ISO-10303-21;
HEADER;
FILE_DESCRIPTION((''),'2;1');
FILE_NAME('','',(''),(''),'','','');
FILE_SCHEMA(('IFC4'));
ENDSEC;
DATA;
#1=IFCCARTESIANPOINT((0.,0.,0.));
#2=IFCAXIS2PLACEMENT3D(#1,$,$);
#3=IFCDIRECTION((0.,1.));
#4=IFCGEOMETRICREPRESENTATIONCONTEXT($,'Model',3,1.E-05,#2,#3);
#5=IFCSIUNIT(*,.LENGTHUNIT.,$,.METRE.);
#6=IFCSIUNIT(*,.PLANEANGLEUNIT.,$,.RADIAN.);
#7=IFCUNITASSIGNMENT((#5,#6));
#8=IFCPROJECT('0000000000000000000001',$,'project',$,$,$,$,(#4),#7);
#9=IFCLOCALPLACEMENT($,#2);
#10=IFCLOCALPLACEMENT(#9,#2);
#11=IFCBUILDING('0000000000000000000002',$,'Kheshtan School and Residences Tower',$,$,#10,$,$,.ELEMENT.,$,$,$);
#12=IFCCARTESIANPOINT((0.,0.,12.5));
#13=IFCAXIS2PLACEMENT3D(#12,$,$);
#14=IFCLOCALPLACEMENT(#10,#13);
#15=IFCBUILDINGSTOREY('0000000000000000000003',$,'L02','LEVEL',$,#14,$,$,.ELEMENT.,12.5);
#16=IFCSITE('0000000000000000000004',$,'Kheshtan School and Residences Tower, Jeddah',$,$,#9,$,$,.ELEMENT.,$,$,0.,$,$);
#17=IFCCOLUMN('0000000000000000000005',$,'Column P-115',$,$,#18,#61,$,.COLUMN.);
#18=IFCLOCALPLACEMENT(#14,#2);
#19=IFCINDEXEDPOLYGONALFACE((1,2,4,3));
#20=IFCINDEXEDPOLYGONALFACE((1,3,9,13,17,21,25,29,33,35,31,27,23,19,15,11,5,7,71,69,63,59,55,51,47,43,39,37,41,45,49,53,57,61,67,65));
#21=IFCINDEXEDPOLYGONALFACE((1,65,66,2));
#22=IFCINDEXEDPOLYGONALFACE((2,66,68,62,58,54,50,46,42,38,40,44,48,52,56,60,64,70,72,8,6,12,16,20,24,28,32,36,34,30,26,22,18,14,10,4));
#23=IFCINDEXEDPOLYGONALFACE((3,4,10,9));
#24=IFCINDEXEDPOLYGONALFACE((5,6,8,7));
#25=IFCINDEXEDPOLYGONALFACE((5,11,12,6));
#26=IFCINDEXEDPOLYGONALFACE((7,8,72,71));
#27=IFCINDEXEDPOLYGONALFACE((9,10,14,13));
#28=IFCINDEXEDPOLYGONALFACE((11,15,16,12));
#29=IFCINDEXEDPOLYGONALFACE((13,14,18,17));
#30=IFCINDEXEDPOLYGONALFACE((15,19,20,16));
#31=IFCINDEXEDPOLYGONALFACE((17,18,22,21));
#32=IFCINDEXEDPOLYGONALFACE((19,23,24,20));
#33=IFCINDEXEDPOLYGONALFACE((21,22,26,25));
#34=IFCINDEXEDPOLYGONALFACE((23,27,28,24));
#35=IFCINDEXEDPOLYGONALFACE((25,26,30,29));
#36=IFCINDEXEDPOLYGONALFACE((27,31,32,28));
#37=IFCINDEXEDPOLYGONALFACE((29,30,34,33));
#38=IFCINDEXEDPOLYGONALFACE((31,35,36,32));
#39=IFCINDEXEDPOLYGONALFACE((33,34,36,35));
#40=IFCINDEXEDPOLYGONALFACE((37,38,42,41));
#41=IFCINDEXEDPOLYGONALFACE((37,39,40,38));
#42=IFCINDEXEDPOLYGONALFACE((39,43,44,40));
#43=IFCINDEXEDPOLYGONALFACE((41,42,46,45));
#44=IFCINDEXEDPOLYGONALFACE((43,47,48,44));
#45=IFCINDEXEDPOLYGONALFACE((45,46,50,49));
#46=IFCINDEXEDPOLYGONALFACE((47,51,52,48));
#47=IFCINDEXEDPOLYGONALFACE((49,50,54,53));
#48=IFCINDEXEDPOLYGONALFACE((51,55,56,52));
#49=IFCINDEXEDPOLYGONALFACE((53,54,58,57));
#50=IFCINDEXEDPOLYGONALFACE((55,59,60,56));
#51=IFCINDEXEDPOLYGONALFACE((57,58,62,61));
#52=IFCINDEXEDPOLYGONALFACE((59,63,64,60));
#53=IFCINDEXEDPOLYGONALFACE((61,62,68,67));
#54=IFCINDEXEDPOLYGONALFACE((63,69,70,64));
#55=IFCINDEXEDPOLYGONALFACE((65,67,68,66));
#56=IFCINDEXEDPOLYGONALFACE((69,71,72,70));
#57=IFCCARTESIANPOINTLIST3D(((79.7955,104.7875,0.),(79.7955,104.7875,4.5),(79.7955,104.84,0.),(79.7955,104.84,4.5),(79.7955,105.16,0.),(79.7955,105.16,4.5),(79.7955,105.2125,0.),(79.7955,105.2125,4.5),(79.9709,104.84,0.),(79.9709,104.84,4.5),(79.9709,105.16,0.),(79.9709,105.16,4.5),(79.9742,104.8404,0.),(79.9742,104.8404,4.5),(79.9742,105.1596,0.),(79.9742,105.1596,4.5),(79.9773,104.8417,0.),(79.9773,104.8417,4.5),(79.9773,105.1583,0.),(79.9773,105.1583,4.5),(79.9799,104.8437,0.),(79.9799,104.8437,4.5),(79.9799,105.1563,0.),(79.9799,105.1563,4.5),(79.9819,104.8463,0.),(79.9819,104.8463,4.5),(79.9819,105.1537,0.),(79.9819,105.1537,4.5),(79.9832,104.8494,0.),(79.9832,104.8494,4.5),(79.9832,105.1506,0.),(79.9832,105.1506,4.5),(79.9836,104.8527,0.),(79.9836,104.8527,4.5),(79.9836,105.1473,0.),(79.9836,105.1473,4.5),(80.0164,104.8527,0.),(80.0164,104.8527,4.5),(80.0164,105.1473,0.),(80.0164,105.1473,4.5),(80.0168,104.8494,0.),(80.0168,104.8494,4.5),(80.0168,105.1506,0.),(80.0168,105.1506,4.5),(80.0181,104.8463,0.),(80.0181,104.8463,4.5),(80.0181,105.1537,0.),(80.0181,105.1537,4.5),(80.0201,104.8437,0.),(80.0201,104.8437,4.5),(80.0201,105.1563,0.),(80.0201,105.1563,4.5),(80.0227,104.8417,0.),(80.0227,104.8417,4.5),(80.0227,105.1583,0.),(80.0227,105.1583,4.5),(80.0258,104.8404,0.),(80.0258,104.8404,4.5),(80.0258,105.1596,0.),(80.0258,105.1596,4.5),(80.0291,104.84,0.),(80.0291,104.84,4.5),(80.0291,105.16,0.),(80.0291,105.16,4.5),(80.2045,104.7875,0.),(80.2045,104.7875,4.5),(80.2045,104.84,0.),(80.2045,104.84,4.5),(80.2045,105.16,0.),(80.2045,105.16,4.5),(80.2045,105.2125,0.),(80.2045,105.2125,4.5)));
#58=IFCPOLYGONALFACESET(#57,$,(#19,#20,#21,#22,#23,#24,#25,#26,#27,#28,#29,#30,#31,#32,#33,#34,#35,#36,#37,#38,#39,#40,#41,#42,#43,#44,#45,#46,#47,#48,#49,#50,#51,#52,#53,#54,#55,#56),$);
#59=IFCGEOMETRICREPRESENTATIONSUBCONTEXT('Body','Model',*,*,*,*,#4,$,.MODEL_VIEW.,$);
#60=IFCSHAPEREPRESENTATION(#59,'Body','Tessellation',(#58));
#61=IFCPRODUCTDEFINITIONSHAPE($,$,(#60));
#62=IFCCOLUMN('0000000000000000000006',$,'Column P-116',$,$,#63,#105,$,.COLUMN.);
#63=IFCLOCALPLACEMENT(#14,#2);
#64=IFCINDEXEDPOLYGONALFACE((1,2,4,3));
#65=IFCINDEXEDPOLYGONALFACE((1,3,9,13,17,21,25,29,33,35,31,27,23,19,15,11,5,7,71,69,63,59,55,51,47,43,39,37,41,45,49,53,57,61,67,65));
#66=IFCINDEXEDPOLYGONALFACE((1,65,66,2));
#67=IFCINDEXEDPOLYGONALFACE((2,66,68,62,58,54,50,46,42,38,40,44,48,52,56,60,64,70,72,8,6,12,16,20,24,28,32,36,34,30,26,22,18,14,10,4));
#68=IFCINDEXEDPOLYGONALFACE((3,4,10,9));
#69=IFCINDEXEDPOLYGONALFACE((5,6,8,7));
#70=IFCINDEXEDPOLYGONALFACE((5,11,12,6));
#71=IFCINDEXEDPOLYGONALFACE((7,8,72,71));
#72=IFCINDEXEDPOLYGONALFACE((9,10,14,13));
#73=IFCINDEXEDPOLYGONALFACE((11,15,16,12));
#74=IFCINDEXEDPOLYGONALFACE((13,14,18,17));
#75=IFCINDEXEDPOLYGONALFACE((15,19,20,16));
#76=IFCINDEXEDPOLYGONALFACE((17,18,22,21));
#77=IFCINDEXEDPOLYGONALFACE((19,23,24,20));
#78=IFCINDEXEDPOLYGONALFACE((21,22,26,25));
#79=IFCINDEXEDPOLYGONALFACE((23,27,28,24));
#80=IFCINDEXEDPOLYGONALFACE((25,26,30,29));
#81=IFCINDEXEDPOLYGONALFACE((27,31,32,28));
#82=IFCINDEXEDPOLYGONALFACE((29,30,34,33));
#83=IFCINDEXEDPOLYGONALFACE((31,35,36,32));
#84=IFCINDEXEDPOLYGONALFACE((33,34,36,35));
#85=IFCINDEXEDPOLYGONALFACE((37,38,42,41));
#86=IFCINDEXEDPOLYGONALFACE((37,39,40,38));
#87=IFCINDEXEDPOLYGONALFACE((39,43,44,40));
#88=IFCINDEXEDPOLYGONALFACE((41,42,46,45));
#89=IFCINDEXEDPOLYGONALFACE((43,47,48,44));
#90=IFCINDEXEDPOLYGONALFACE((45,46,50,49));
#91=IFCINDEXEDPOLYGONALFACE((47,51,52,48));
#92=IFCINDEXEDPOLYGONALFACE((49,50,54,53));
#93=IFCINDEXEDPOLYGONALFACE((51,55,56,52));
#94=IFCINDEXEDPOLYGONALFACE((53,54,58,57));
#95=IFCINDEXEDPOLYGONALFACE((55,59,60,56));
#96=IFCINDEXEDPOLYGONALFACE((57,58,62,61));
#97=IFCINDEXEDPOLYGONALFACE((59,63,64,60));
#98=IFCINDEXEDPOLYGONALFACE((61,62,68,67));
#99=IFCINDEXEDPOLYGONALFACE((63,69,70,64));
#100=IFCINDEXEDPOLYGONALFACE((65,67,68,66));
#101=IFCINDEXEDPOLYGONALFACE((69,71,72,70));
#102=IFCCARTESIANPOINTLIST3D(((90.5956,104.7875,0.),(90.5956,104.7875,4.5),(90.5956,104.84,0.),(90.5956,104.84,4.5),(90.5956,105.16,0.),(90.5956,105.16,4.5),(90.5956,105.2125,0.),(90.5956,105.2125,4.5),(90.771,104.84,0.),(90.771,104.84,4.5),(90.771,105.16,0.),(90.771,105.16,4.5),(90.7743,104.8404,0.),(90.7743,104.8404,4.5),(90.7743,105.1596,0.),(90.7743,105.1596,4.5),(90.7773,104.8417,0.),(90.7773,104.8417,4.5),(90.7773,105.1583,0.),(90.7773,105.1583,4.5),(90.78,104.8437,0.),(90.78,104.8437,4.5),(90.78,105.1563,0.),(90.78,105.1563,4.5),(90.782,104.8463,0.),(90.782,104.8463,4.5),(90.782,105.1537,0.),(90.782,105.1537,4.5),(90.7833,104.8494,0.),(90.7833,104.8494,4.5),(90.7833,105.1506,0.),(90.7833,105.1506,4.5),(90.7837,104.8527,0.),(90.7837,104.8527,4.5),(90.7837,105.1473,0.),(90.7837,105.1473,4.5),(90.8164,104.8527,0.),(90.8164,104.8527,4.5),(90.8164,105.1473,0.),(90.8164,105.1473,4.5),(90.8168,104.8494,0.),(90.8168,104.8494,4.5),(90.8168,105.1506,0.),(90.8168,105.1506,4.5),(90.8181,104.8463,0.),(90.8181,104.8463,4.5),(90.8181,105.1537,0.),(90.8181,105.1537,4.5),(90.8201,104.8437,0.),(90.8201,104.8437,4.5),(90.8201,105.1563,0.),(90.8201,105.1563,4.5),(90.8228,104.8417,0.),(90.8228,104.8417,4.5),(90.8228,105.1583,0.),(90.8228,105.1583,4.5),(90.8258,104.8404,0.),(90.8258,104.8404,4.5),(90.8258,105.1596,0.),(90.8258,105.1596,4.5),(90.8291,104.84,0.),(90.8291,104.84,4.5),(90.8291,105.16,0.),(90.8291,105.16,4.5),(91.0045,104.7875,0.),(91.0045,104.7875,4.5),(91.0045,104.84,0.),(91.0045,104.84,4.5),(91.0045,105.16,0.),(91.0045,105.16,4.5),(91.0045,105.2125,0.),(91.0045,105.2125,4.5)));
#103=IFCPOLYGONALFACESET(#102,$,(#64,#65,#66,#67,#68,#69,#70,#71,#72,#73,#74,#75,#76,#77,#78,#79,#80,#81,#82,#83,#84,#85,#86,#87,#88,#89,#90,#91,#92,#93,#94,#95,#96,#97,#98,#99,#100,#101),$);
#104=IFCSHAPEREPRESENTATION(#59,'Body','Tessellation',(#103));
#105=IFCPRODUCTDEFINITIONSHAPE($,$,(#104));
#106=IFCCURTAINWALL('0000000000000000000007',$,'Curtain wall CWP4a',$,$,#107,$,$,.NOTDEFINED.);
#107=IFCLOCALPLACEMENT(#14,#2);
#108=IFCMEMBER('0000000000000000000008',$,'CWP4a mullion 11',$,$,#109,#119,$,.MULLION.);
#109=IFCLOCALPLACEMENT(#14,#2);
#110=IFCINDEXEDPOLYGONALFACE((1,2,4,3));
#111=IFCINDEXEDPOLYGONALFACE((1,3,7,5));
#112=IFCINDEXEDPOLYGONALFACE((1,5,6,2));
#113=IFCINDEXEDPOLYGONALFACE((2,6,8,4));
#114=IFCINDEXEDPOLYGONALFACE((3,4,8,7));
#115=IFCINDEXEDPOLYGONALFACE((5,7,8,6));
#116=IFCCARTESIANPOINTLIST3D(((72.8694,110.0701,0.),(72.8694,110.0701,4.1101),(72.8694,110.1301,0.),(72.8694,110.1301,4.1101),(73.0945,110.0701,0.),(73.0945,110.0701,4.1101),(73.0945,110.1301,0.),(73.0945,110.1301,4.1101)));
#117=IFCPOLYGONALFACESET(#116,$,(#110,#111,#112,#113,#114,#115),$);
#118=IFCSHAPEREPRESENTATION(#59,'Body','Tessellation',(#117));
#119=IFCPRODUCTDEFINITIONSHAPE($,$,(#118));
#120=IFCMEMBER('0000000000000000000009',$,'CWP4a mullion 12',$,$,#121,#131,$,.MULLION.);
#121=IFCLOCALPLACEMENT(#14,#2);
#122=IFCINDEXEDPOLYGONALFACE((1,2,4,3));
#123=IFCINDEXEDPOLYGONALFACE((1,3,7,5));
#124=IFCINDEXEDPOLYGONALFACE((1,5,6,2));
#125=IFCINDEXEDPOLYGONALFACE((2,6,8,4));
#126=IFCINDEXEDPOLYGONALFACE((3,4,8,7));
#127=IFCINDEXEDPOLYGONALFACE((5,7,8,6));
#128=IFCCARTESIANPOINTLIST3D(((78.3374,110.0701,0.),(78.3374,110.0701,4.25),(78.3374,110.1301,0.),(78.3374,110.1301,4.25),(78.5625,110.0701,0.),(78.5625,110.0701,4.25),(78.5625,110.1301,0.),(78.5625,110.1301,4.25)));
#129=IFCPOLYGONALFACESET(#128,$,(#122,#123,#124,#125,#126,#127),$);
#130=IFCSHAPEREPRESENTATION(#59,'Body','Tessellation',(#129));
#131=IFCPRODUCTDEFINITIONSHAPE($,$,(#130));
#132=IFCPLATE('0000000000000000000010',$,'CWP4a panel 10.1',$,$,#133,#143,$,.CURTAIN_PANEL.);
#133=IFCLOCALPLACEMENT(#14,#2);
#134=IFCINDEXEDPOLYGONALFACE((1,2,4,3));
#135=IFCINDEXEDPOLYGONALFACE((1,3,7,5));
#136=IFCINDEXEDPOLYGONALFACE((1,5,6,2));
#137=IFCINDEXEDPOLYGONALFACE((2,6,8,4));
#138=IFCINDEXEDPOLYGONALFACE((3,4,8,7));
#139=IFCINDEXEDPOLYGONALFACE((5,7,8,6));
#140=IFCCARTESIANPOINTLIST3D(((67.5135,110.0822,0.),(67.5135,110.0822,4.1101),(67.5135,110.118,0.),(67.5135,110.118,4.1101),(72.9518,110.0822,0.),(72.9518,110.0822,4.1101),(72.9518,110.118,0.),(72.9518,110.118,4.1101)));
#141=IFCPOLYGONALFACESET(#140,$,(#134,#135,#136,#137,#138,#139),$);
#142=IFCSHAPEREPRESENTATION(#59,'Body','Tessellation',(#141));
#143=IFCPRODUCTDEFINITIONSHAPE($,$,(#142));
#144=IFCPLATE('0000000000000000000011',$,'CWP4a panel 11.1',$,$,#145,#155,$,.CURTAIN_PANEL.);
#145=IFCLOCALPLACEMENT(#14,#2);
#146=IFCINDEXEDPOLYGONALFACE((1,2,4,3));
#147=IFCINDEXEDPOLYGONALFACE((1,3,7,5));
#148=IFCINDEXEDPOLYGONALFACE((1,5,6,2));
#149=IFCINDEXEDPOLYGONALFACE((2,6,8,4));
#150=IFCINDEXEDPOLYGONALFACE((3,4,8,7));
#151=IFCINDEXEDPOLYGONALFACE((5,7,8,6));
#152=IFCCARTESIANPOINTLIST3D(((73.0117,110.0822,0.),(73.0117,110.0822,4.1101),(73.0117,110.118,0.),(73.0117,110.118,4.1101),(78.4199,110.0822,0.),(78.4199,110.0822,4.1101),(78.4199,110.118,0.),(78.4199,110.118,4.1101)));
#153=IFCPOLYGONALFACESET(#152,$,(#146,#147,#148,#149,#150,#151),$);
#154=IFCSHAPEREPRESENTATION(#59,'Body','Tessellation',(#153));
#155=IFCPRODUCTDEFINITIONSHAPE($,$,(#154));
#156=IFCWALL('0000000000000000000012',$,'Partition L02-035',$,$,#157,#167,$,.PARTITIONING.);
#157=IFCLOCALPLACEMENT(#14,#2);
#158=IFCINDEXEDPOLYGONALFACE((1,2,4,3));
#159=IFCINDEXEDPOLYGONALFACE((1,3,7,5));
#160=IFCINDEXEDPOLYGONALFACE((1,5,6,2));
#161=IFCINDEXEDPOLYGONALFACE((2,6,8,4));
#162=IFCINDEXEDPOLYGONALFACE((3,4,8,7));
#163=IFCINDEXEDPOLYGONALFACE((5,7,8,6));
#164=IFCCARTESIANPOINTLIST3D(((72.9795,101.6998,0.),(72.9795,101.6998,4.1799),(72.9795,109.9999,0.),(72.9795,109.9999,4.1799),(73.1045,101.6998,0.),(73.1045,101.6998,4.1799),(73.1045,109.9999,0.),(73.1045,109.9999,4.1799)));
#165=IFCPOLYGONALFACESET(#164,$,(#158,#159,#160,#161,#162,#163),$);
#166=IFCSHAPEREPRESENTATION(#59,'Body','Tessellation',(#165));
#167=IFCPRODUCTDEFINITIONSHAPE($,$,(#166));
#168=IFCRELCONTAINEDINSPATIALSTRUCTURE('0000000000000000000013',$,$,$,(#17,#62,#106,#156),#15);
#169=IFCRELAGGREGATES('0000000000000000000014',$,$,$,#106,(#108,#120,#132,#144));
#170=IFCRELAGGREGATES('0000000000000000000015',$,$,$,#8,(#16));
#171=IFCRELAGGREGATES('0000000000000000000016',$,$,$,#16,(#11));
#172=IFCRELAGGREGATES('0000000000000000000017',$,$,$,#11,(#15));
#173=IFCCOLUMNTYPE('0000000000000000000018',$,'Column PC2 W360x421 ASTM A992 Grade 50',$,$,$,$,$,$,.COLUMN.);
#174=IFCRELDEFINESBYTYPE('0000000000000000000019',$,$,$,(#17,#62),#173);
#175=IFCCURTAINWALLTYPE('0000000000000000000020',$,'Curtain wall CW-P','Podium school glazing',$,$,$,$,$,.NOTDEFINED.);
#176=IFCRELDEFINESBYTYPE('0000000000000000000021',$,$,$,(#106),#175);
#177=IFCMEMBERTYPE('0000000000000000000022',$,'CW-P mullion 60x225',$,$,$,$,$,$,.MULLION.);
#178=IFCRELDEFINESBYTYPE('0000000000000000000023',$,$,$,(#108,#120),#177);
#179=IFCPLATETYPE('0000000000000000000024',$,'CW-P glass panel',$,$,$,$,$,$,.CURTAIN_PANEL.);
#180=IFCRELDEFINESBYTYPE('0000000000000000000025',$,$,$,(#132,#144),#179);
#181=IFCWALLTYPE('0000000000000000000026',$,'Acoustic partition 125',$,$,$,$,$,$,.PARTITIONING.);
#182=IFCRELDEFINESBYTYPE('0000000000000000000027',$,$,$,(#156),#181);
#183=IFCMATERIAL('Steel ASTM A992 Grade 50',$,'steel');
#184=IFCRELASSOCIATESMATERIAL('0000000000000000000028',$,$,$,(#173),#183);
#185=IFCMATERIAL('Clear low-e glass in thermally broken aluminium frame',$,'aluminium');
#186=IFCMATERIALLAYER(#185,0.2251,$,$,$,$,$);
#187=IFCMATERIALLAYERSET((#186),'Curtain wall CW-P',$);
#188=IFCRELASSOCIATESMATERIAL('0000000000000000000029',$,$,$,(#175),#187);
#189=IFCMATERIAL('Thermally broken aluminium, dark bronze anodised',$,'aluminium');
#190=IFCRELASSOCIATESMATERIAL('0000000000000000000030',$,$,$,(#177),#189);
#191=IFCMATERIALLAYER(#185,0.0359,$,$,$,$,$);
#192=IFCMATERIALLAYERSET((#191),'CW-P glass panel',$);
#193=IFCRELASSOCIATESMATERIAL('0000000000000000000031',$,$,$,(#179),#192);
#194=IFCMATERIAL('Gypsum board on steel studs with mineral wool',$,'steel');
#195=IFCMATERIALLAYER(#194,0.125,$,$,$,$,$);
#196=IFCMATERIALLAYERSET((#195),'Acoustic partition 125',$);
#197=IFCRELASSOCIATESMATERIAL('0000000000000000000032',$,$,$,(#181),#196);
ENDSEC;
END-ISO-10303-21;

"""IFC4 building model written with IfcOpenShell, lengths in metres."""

from ifc_helpers import new_model, si_unit, direction, frame, frame_2d, origin, origin_2d, place, context, subcontext, project, spatial, rectangle, i_section, extrude, material, layer, layer_set, material_profile, profile_set, type_object, element, aggregate, save


model = new_model("IFC4")

# Units and contexts
model_context = context("Model", 3, precision=1e-05, world=origin(), true_north=direction((0.0, 1.0)))
body_context = subcontext(model_context, "Body", "Model", "MODEL_VIEW")
ifc_project = project(units=[si_unit("LENGTHUNIT", "METRE"), si_unit("PLANEANGLEUNIT", "RADIAN")], contexts=[model_context])

# Site, building, storey
site_placement = place(None, origin())
site = spatial("IfcSite", under=ifc_project, at=site_placement, Name="Kheshtan School and Residences Tower, Jeddah", CompositionType="ELEMENT", RefElevation=0.0)
building_placement = place(site_placement, origin())
building = spatial("IfcBuilding", under=site, at=building_placement, Name="Kheshtan School and Residences Tower", CompositionType="ELEMENT")
storey_placement = place(building_placement, frame((0.0, 0.0, 12.5)))
storey = spatial("IfcBuildingStorey", under=building, at=storey_placement, Name="L02", Description="LEVEL", CompositionType="ELEMENT", Elevation=12.5)

# Columns
ifc_material_1 = material(Name="Steel ASTM A992 Grade 50", Category="steel")
ifc_material_profile_1 = material_profile(ifc_material_1, i_section(OverallWidth=0.4089, OverallDepth=0.425, WebThickness=0.0327, FlangeThickness=0.0525, FilletRadius=0.0127, at=origin_2d()), Name="W360x421")
ifc_profile_set_1 = profile_set([ifc_material_profile_1], Name="Steel ASTM A992 Grade 50")
column_type = type_object("IfcColumnType", Name="Column PC2 W360x421 ASTM A992 Grade 50", PredefinedType="COLUMN", material=ifc_profile_set_1)
for number, where, z_axis, x_axis, name in (
    (1, (80.0, 105.0, 0.0), (0.0, 0.0, 1.0), (1.0, 0.0, 0.0), "Column P-115"),
    (2, (90.8, 105.0, 0.0), (0.0, 0.0, 1.0), (1.0, 0.0, 0.0), "Column P-116"),
):
    element("IfcColumn", number, at=place(storey_placement, frame(where, z_axis=z_axis, x_axis=x_axis)), inside=storey, type_object=column_type, Name=name, PredefinedType="COLUMN", context=body_context, shape_type="SweptSolid", body=[
        extrude(i_section(OverallWidth=0.4089, OverallDepth=0.425, WebThickness=0.0327, FlangeThickness=0.0525, FilletRadius=0.0127, at=origin_2d()), origin(), (0.0, 0.0, 1.0), 4.5),
    ])

# Curtain wall, members, plates
ifc_material_2 = material(Name="Clear low-e glass in thermally broken aluminium frame", Category="aluminium")
ifc_layer_1 = layer(ifc_material_2, 0.2251)
ifc_layer_set_1 = layer_set([ifc_layer_1], Name="Curtain wall CW-P")
curtain_wall_type = type_object("IfcCurtainWallType", Name="Curtain wall CW-P", Description="Podium school glazing", PredefinedType="NOTDEFINED", material=ifc_layer_set_1)
curtain_wall_placement = place(storey_placement, origin())
curtain_wall = element("IfcCurtainWall", 3, at=curtain_wall_placement, inside=storey, type_object=curtain_wall_type, Name="Curtain wall CWP4a", PredefinedType="NOTDEFINED")
ifc_material_3 = material(Name="Thermally broken aluminium, dark bronze anodised", Category="aluminium")
ifc_material_profile_2 = material_profile(ifc_material_3, rectangle(XDim=0.0601, YDim=0.2251, at=origin_2d()), Name="CW-P mullion 60x225")
ifc_profile_set_2 = profile_set([ifc_material_profile_2], Name="Thermally broken aluminium, dark bronze anodised")
member_type = type_object("IfcMemberType", Name="CW-P mullion 60x225", PredefinedType="MULLION", material=ifc_profile_set_2)
member_1_placement = place(storey_placement, frame((72.9819, 110.1001, 0.0), z_axis=(0.0, 0.0, 1.0), x_axis=(0.0, 1.0, 0.0)))
member_1 = element("IfcMember", 4, at=member_1_placement, type_object=member_type, Name="CWP4a mullion 11", PredefinedType="MULLION", context=body_context, shape_type="SweptSolid", body=[
    extrude(rectangle(XDim=0.0601, YDim=0.2251, at=origin_2d()), origin(), (0.0, 0.0, 1.0), 4.1101),
])
member_2_placement = place(storey_placement, frame((78.45, 110.1001, 0.0), z_axis=(0.0, 0.0, 1.0), x_axis=(0.0, 1.0, 0.0)))
member_2 = element("IfcMember", 5, at=member_2_placement, type_object=member_type, Name="CWP4a mullion 12", PredefinedType="MULLION", context=body_context, shape_type="SweptSolid", body=[
    extrude(rectangle(XDim=0.0601, YDim=0.2251, at=origin_2d()), origin(), (0.0, 0.0, 1.0), 4.25),
])
ifc_layer_2 = layer(ifc_material_2, 0.0359)
ifc_layer_set_2 = layer_set([ifc_layer_2], Name="CW-P glass panel")
plate_type = type_object("IfcPlateType", Name="CW-P glass panel", PredefinedType="CURTAIN_PANEL", material=ifc_layer_set_2)
plate_1_placement = place(storey_placement, frame((70.2327, 110.1001, 0.0), z_axis=(0.0, 0.0, 1.0), x_axis=(1.0, 0.0, 0.0)))
plate_1 = element("IfcPlate", 6, at=plate_1_placement, type_object=plate_type, Name="CWP4a panel 10.1", PredefinedType="CURTAIN_PANEL", context=body_context, shape_type="SweptSolid", body=[
    extrude(rectangle(XDim=5.4382, YDim=0.0359, at=origin_2d()), origin(), (0.0, 0.0, 1.0), 4.1101),
])
plate_2_placement = place(storey_placement, frame((75.7158, 110.1001, 0.0), z_axis=(0.0, 0.0, 1.0), x_axis=(1.0, 0.0, 0.0)))
plate_2 = element("IfcPlate", 7, at=plate_2_placement, type_object=plate_type, Name="CWP4a panel 11.1", PredefinedType="CURTAIN_PANEL", context=body_context, shape_type="SweptSolid", body=[
    extrude(rectangle(XDim=5.4082, YDim=0.0359, at=origin_2d()), origin(), (0.0, 0.0, 1.0), 4.1101),
])
aggregate(curtain_wall, [member_1, member_2, plate_1, plate_2])

# Wall
ifc_material_4 = material(Name="Gypsum board on steel studs with mineral wool", Category="steel")
ifc_layer_3 = layer(ifc_material_4, 0.125)
ifc_layer_set_3 = layer_set([ifc_layer_3], Name="Acoustic partition 125")
wall_type_1 = type_object("IfcWallType", Name="Acoustic partition 125", PredefinedType="PARTITIONING", material=ifc_layer_set_3)
wall_1_placement = place(storey_placement, frame((73.042, 101.7, 0.0), z_axis=(0.0, 0.0, 1.0), x_axis=(0.0, 1.0, 0.0)))
element("IfcWall", 8, at=wall_1_placement, inside=storey, type_object=wall_type_1, Name="Partition L02-035", PredefinedType="PARTITIONING", context=body_context, shape_type="SweptSolid", body=[
    extrude(rectangle(XDim=8.3, YDim=0.125, at=frame_2d((4.1499, 0.0))), origin(), (0.0, 0.0, 1.0), 4.1799),
])

save(model, "model.ifc")
